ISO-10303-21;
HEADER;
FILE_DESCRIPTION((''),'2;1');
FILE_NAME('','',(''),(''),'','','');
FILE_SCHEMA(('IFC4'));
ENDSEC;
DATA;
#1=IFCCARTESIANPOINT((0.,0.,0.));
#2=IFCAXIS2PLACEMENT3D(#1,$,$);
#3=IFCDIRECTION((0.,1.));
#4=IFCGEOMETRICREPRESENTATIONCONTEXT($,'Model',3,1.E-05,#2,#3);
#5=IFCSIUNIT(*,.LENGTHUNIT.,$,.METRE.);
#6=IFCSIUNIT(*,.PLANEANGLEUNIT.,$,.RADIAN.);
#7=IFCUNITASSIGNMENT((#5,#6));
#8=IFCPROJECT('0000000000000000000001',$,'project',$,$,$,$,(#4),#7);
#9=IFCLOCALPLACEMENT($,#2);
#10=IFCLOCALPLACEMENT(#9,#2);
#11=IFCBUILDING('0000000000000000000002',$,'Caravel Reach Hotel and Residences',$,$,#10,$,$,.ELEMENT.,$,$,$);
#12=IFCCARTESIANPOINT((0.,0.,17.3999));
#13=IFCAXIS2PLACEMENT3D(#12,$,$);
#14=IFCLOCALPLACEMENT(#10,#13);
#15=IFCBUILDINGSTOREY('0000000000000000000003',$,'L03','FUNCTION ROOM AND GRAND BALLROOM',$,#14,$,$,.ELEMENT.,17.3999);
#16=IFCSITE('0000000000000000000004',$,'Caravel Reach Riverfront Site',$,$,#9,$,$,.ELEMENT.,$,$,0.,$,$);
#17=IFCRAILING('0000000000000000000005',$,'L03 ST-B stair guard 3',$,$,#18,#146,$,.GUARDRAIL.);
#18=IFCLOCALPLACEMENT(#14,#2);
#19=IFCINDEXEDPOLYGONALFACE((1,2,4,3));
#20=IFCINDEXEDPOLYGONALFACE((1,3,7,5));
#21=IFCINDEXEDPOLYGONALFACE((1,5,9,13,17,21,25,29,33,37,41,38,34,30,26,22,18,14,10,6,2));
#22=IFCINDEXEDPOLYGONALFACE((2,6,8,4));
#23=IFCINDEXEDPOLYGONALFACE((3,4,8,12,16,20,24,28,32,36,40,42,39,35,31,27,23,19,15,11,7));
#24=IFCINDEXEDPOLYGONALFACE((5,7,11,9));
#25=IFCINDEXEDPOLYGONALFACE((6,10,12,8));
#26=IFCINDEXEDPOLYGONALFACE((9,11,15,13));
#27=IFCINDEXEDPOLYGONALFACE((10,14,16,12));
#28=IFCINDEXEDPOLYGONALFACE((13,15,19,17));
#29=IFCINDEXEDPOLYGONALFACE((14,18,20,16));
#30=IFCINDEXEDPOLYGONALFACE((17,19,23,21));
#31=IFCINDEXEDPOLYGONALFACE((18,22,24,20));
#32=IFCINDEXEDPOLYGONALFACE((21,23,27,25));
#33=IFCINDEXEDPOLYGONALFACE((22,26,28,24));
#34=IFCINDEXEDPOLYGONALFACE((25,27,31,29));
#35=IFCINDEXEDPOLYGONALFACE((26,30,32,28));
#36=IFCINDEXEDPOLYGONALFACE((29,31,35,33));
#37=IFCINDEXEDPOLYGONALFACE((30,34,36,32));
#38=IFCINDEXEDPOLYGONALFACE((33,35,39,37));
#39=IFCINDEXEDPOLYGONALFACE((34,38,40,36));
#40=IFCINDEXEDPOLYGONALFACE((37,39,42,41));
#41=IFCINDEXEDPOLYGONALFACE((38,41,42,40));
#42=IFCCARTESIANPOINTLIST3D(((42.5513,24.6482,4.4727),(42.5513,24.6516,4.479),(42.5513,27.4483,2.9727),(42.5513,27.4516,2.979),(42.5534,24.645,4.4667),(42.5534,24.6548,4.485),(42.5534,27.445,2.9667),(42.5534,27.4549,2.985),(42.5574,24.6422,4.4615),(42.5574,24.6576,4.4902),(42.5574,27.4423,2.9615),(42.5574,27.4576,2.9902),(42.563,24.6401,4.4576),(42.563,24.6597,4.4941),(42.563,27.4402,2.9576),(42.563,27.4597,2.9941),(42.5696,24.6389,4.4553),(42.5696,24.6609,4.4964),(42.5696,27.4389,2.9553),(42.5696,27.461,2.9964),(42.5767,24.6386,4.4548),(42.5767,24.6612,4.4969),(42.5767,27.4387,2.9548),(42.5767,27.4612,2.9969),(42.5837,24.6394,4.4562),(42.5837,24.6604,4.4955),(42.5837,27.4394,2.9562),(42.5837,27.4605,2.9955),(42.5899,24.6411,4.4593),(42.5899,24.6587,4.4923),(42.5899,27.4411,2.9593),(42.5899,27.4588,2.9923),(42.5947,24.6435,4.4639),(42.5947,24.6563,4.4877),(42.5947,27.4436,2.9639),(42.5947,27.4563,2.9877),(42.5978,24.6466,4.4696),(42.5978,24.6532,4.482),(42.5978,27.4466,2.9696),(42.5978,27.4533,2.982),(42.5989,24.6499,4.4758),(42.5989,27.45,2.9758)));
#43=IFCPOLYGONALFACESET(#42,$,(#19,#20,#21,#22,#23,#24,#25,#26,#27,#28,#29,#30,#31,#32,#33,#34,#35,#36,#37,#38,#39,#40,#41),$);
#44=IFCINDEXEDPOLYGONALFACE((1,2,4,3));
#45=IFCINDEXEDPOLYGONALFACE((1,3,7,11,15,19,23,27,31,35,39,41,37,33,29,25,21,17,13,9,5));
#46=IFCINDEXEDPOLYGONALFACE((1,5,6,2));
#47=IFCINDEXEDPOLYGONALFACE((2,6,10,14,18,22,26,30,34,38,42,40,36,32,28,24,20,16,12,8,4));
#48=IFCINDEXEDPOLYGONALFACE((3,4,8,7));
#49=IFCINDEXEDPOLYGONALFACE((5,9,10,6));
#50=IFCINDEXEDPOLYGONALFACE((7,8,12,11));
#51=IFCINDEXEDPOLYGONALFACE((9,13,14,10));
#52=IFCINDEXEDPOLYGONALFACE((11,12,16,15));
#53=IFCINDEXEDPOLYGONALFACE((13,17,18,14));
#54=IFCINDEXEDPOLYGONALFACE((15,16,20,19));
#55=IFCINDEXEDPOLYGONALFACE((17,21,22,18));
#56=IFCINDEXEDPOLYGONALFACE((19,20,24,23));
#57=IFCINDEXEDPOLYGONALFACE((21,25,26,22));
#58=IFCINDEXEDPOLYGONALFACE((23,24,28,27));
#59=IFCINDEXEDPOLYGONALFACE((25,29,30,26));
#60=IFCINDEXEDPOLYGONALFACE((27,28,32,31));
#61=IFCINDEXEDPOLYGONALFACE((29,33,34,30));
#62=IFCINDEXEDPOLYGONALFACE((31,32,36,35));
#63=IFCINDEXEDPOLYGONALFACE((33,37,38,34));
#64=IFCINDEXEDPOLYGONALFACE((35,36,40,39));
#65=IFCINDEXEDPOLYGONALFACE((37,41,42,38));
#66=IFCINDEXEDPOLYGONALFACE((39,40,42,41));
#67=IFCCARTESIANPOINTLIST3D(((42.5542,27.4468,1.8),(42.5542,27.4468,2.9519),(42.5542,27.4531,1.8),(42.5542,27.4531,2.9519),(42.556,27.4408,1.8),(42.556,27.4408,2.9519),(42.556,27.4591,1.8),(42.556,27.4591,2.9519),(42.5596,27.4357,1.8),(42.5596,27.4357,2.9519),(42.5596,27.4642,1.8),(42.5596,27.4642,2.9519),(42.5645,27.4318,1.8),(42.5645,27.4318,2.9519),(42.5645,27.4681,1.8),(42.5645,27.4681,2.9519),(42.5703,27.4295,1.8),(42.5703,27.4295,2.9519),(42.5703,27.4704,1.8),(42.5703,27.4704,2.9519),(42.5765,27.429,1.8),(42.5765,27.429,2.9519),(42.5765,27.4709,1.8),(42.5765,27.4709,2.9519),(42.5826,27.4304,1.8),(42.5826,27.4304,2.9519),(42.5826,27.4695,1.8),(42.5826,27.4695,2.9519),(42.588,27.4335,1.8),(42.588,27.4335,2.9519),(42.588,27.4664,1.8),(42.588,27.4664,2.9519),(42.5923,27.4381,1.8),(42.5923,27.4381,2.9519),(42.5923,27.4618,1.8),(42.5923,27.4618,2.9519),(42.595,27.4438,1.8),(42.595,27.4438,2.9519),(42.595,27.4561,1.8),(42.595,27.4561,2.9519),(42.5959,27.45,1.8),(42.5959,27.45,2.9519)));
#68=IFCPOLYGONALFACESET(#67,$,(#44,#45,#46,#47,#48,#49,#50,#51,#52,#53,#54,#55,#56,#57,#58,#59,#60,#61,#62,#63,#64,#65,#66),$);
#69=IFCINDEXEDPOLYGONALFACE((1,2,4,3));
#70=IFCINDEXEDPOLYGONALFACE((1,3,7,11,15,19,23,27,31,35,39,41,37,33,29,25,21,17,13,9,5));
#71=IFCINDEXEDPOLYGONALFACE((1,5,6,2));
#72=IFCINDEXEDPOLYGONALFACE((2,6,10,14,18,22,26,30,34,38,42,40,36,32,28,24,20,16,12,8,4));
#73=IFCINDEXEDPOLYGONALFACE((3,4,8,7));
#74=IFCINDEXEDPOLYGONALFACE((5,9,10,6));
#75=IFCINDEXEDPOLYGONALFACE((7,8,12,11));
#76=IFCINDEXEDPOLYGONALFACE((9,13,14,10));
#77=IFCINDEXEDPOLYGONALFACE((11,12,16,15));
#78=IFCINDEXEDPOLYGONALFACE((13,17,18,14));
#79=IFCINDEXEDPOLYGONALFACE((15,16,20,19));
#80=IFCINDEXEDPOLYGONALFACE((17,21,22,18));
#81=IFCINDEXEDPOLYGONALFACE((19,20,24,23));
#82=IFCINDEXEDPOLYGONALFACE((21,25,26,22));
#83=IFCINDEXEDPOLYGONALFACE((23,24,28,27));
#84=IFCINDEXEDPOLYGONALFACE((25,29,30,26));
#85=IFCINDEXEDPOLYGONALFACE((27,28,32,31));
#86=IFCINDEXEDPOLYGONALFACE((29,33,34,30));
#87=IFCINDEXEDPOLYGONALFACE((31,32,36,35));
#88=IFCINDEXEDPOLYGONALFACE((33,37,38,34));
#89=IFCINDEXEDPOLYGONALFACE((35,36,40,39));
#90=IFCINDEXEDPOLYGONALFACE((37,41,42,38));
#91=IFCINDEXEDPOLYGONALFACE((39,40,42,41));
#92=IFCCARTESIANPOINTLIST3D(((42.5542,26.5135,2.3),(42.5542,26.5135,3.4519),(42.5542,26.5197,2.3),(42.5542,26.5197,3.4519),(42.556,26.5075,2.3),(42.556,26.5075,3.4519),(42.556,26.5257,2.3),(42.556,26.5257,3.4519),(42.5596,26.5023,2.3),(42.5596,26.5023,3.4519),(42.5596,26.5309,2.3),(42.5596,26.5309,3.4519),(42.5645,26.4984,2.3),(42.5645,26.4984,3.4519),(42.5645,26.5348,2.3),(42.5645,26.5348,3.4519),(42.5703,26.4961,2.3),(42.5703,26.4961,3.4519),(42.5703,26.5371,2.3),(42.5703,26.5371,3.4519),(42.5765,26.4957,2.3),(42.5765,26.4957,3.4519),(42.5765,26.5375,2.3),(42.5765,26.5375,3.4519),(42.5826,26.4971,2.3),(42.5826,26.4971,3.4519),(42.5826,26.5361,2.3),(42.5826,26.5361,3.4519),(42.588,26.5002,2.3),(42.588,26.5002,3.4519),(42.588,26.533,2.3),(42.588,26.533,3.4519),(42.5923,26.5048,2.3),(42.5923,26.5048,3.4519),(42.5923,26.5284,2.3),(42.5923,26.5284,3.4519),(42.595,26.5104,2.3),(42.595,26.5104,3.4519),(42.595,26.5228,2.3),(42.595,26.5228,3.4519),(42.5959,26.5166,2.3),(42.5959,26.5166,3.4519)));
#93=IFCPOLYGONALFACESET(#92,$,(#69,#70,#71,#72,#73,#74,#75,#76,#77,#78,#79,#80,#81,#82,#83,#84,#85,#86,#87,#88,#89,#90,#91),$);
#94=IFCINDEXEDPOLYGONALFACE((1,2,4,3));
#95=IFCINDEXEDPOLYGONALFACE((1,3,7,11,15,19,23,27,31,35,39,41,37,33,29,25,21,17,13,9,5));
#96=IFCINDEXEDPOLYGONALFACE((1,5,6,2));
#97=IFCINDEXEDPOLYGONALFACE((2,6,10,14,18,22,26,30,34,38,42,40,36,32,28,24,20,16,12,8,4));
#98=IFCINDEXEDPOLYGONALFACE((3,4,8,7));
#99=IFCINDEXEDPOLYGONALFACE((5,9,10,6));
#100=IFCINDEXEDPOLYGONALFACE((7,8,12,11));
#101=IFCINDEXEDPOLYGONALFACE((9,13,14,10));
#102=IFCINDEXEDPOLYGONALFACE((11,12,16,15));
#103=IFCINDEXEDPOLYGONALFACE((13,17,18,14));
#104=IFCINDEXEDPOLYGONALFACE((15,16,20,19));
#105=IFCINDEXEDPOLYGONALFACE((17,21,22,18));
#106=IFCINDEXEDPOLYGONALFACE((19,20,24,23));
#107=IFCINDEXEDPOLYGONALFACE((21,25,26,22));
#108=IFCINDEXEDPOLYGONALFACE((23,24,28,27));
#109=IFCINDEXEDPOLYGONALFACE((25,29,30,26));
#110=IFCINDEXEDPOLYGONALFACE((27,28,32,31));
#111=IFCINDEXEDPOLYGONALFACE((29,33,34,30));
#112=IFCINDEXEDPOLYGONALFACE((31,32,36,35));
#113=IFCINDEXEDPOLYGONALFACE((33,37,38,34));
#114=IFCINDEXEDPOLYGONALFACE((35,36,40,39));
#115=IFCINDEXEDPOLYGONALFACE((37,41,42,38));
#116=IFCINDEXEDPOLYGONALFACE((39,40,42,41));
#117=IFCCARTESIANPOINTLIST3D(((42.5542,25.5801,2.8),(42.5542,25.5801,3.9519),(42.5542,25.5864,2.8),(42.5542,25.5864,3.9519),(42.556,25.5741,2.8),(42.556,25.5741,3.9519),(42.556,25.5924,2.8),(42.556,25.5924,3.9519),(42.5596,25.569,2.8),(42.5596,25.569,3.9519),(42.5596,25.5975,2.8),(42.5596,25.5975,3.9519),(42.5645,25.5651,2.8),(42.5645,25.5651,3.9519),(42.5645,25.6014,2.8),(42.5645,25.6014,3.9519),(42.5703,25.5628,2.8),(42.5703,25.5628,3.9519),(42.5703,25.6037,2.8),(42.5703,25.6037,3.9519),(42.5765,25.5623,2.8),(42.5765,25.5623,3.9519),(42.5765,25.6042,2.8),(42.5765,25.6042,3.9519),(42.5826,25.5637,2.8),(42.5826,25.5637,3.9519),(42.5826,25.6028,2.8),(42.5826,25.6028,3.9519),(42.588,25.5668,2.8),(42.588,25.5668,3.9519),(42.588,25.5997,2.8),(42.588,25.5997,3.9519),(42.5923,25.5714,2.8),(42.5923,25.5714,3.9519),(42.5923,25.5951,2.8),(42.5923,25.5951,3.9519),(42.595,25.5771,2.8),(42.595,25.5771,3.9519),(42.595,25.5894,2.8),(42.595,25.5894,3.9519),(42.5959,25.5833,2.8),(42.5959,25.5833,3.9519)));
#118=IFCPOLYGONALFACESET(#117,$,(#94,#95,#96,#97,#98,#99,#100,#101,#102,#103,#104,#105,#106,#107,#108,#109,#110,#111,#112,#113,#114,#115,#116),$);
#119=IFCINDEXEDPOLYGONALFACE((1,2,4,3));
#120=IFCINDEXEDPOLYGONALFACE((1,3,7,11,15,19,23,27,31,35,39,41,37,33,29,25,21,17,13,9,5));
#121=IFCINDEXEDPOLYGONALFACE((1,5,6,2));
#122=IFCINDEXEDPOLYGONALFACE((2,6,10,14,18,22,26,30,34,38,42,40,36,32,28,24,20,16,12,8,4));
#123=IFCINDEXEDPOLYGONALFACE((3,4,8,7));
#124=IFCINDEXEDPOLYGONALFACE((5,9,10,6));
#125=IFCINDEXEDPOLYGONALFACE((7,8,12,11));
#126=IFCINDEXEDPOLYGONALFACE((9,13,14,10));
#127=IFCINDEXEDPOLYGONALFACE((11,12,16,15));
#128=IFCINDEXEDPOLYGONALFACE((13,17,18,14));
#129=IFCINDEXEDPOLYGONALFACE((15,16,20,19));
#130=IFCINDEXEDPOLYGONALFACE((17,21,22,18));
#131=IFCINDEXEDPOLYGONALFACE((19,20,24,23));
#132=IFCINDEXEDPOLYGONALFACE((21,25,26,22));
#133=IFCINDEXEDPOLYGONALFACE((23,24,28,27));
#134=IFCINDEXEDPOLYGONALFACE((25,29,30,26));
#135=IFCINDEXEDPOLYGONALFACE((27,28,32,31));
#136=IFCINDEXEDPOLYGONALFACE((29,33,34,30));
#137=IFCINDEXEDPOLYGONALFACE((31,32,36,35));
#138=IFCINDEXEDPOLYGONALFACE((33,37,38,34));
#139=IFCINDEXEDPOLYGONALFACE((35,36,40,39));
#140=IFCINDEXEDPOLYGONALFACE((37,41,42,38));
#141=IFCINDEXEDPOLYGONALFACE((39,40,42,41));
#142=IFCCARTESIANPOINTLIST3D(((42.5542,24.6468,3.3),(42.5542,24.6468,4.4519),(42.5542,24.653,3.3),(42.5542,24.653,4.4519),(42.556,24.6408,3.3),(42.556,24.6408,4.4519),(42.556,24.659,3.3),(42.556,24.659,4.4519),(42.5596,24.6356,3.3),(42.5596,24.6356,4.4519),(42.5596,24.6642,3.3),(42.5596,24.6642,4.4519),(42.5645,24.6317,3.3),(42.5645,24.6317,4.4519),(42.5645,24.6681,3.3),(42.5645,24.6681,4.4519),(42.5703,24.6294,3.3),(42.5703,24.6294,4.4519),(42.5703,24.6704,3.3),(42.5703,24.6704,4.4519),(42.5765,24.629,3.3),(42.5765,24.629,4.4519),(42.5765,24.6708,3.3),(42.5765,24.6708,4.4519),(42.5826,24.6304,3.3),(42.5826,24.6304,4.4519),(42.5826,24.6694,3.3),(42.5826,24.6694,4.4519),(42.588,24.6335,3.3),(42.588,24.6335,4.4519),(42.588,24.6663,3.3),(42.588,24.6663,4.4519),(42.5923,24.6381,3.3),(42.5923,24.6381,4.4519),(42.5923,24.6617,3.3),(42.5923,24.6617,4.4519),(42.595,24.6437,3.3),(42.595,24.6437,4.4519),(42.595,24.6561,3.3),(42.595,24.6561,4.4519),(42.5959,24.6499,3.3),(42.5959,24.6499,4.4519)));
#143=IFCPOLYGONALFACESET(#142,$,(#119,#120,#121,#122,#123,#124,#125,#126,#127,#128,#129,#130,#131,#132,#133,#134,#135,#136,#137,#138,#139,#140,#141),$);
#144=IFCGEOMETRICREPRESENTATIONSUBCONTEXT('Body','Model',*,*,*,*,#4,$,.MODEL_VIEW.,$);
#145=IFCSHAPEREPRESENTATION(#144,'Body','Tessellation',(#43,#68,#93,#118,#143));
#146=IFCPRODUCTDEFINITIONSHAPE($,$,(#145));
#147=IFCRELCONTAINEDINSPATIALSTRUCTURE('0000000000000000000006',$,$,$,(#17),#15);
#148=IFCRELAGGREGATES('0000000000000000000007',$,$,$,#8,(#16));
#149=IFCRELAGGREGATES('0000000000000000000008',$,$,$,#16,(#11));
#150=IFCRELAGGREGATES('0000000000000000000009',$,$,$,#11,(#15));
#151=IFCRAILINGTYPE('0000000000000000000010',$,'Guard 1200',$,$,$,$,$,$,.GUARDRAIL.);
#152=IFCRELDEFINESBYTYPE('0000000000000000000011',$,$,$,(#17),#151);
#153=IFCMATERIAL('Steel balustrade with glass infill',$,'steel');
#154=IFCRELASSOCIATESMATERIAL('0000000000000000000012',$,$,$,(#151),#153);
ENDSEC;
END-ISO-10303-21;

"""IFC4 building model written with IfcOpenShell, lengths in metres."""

from ifc_helpers import new_model, si_unit, direction, frame, origin, origin_2d, place, context, subcontext, project, spatial, circle, extrude, material, type_object, element, save


model = new_model("IFC4")

# Units and contexts
model_context = context("Model", 3, precision=1e-05, world=origin(), true_north=direction((0.0, 1.0)))
body_context = subcontext(model_context, "Body", "Model", "MODEL_VIEW")
ifc_project = project(units=[si_unit("LENGTHUNIT", "METRE"), si_unit("PLANEANGLEUNIT", "RADIAN")], contexts=[model_context])

# Site, building, storey
site_placement = place(None, origin())
site = spatial("IfcSite", under=ifc_project, at=site_placement, Name="Caravel Reach Riverfront Site", CompositionType="ELEMENT", RefElevation=0.0)
building_placement = place(site_placement, origin())
building = spatial("IfcBuilding", under=site, at=building_placement, Name="Caravel Reach Hotel and Residences", CompositionType="ELEMENT")
storey_placement = place(building_placement, frame((0.0, 0.0, 17.3999)))
storey = spatial("IfcBuildingStorey", under=building, at=storey_placement, Name="L03", Description="FUNCTION ROOM AND GRAND BALLROOM", CompositionType="ELEMENT", Elevation=17.3999)

# Railing
ifc_material_1 = material(Name="Steel balustrade with glass infill", Category="steel")
railing_type_1 = type_object("IfcRailingType", Name="Guard 1200", PredefinedType="GUARDRAIL", material=ifc_material_1)
railing_1_placement = place(storey_placement, frame((42.575, 27.45, 1.8)))
element("IfcRailing", 1, at=railing_1_placement, inside=storey, type_object=railing_type_1, Name="L03 ST-B stair guard 3", PredefinedType="GUARDRAIL", context=body_context, shape_type="SweptSolid", body=[
    extrude(circle(Radius=0.0239, at=origin_2d()), frame((0.0, 0.0, 1.1758), z_axis=(0.0, -0.881483, 0.472215), x_axis=(1.0, 0.0, 0.0)), (0.0, 0.0, 1.0), 3.1765),
    extrude(circle(Radius=0.021, at=origin_2d()), origin(), (0.0, 0.0, 1.0), 1.1519),
    extrude(circle(Radius=0.021, at=origin_2d()), frame((0.0, -0.9333, 0.5)), (0.0, 0.0, 1.0), 1.1519),
    extrude(circle(Radius=0.021, at=origin_2d()), frame((0.0, -1.8667, 1.0)), (0.0, 0.0, 1.0), 1.1519),
    extrude(circle(Radius=0.021, at=origin_2d()), frame((0.0, -2.8, 1.5)), (0.0, 0.0, 1.0), 1.1519),
])

save(model, "model.ifc")
